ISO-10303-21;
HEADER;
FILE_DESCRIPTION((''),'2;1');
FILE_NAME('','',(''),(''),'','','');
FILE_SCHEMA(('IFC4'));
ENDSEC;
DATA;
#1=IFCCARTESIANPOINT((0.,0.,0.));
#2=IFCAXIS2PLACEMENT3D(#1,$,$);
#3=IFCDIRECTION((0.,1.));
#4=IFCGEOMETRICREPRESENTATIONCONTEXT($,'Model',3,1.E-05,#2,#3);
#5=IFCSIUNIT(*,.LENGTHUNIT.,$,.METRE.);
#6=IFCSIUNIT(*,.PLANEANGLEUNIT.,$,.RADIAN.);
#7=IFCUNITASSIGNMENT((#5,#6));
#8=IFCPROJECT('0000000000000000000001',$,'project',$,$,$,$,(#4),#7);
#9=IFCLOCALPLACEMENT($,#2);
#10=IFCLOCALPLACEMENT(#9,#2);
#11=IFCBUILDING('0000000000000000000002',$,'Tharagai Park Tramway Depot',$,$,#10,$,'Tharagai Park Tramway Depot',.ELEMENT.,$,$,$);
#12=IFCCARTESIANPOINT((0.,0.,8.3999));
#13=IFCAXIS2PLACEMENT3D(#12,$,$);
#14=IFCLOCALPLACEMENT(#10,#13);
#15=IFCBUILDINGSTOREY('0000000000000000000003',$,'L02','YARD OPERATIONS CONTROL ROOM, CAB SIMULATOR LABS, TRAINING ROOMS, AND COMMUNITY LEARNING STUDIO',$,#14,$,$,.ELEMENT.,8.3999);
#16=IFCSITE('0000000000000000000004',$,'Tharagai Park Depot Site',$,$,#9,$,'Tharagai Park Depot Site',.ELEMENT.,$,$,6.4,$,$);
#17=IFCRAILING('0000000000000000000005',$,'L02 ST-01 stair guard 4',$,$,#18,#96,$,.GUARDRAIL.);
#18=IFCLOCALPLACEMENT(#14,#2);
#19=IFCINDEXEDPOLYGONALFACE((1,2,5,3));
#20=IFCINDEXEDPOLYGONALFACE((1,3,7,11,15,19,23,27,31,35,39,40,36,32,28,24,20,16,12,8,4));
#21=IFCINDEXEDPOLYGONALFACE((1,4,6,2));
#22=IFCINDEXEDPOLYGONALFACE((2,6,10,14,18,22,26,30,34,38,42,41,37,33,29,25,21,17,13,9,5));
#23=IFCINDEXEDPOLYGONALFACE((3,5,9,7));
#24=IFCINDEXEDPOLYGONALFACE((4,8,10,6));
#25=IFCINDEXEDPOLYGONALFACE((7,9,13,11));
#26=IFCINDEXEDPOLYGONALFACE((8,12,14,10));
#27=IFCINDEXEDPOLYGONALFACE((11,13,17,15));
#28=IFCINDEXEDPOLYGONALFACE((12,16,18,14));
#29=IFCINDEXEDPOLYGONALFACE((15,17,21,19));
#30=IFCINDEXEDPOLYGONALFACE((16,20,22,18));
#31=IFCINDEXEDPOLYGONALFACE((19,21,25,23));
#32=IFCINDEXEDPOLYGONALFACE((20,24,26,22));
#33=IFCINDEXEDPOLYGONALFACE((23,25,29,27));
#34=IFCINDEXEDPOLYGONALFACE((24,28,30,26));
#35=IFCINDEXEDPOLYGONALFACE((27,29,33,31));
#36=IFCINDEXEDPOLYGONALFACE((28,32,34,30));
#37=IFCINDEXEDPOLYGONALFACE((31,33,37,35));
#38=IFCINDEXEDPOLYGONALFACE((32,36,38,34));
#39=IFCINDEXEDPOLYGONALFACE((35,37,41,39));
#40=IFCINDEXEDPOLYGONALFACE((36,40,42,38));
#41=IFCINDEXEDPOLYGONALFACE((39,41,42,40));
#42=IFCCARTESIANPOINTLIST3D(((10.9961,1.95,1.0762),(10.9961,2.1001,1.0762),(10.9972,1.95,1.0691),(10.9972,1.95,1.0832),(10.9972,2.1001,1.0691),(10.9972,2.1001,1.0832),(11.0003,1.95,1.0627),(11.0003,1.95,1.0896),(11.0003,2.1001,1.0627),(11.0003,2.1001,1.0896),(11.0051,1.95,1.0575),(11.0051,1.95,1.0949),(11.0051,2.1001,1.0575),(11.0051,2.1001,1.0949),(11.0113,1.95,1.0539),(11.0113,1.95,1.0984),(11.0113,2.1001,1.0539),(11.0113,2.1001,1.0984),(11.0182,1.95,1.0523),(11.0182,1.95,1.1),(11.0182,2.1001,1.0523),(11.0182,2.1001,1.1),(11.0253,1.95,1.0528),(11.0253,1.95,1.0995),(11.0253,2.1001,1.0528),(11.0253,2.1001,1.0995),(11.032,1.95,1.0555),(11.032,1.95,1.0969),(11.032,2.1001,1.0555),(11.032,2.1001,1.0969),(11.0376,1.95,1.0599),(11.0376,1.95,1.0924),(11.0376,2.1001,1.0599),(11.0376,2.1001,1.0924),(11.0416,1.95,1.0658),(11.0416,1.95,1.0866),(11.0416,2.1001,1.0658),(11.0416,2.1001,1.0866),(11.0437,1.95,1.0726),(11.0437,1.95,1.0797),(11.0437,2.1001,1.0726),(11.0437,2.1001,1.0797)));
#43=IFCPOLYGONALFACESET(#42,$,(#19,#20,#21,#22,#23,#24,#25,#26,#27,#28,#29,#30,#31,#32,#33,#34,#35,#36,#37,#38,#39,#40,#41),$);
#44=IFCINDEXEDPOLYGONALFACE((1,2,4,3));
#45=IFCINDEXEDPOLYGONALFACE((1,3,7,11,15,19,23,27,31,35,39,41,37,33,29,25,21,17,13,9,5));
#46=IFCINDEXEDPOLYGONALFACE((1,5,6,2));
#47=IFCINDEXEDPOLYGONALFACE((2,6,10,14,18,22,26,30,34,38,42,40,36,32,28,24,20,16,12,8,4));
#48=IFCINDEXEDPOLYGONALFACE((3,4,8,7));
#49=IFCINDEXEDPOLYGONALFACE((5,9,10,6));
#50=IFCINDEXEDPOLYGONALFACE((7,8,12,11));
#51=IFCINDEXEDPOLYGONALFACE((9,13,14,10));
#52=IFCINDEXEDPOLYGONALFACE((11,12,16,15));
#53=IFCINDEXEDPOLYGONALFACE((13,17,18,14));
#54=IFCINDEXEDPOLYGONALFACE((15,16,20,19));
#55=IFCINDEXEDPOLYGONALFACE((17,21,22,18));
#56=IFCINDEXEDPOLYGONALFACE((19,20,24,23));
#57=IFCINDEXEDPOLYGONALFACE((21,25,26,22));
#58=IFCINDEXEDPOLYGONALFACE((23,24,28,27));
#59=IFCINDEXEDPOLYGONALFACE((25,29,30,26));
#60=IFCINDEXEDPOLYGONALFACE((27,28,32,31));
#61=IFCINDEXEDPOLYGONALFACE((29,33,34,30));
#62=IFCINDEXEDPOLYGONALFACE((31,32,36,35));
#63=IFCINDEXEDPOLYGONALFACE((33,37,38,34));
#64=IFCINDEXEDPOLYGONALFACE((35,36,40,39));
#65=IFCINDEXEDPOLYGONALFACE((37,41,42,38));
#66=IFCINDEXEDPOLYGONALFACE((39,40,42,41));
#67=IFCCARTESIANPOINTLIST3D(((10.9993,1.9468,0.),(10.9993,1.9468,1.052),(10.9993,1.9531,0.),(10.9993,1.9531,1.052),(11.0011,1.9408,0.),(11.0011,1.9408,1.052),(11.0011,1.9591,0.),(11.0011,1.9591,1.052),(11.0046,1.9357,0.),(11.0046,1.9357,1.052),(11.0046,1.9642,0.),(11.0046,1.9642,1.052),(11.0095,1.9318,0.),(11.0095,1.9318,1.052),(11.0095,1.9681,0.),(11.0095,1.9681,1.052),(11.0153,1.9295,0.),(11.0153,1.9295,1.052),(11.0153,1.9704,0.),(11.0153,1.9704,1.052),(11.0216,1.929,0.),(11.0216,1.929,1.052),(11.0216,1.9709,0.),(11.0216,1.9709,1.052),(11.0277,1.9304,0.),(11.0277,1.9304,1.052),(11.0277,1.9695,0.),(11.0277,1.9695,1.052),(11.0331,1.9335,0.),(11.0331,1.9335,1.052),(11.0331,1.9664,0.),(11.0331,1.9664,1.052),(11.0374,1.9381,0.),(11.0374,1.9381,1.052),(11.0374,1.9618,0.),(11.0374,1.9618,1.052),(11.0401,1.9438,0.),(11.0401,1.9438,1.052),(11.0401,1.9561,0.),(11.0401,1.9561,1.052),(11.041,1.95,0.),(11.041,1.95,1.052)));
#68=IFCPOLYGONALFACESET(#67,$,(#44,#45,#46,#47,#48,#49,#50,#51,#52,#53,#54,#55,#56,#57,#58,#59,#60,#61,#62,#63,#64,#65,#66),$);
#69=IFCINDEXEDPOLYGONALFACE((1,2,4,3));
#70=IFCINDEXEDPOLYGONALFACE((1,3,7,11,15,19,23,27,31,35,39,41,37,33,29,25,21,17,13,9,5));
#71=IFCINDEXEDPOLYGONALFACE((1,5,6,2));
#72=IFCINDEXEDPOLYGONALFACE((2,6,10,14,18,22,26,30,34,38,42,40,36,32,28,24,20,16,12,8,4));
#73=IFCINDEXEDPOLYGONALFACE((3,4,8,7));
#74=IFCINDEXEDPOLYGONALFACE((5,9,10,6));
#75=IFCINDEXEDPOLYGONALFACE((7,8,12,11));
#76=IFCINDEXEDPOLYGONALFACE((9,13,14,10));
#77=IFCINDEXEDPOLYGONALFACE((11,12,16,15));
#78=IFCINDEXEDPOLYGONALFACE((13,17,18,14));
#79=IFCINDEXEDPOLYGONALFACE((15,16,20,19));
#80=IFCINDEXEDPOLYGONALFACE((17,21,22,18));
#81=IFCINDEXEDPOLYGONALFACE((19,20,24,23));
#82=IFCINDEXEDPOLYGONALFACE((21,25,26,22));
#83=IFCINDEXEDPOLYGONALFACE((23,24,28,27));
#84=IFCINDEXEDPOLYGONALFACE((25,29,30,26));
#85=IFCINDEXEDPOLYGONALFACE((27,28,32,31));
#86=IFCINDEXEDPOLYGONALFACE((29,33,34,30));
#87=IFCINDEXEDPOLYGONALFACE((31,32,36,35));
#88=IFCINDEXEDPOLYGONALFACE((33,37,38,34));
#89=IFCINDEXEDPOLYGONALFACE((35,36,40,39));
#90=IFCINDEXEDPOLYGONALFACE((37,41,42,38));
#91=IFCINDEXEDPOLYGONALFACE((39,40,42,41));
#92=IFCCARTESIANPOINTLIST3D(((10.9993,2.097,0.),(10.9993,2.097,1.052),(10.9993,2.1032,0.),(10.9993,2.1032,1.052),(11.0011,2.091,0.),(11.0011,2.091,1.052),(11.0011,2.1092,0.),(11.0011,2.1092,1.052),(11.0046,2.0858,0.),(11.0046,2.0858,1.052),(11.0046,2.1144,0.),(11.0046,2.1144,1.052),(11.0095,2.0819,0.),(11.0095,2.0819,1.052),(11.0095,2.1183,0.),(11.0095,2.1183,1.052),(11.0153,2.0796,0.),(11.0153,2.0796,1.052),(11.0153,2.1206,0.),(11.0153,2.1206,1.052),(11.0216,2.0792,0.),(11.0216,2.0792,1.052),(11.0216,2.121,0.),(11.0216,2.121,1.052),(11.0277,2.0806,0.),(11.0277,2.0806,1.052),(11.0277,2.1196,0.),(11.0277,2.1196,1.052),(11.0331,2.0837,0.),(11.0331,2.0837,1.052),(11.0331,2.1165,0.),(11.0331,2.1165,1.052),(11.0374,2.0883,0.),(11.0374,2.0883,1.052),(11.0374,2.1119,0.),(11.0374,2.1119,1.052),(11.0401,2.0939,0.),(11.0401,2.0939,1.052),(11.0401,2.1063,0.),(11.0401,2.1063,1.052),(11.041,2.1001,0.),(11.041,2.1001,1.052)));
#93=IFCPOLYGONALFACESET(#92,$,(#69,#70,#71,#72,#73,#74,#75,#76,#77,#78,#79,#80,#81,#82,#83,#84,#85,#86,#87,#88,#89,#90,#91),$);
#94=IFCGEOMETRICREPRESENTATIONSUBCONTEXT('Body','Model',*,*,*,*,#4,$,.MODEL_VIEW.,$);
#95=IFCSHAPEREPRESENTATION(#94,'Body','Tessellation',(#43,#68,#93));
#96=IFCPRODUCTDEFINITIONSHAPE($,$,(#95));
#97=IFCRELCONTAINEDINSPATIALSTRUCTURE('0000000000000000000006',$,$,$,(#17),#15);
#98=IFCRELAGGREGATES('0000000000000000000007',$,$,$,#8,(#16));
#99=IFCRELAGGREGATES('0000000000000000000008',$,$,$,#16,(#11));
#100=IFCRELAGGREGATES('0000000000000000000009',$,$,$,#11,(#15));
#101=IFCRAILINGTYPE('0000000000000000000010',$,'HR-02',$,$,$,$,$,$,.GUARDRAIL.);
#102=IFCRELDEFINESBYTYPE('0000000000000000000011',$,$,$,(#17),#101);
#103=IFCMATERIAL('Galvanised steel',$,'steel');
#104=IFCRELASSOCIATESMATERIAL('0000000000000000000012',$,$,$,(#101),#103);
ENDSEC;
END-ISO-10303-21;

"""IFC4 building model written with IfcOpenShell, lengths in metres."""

from ifc_helpers import new_model, si_unit, direction, frame, origin, origin_2d, place, context, subcontext, project, spatial, circle, extrude, material, type_object, element, save


model = new_model("IFC4")

# Units and contexts
model_context = context("Model", 3, precision=1e-05, world=origin(), true_north=direction((0.0, 1.0)))
body_context = subcontext(model_context, "Body", "Model", "MODEL_VIEW")
ifc_project = project(units=[si_unit("LENGTHUNIT", "METRE"), si_unit("PLANEANGLEUNIT", "RADIAN")], contexts=[model_context])

# Site, building, storey
site_placement = place(None, origin())
site = spatial("IfcSite", under=ifc_project, at=site_placement, Name="Tharagai Park Depot Site", LongName="Tharagai Park Depot Site", CompositionType="ELEMENT", RefElevation=6.4)
building_placement = place(site_placement, origin())
building = spatial("IfcBuilding", under=site, at=building_placement, Name="Tharagai Park Tramway Depot", LongName="Tharagai Park Tramway Depot", CompositionType="ELEMENT")
storey_placement = place(building_placement, frame((0.0, 0.0, 8.3999)))
storey = spatial("IfcBuildingStorey", under=building, at=storey_placement, Name="L02", Description="YARD OPERATIONS CONTROL ROOM, CAB SIMULATOR LABS, TRAINING ROOMS, AND COMMUNITY LEARNING STUDIO", CompositionType="ELEMENT", Elevation=8.3999)

# Shared definitions
ifc_material_1 = material(Name="Galvanised steel", Category="steel")

# Railing
railing_type_1 = type_object("IfcRailingType", Name="HR-02", PredefinedType="GUARDRAIL", material=ifc_material_1)
railing_1_placement = place(storey_placement, frame((11.02, 1.95, 0.0)))
element("IfcRailing", 1, at=railing_1_placement, inside=storey, type_object=railing_type_1, Name="L02 ST-01 stair guard 4", PredefinedType="GUARDRAIL", context=body_context, shape_type="SweptSolid", body=[
    extrude(circle(Radius=0.0239, at=origin_2d()), frame((0.0, 0.0, 1.0762), z_axis=(0.0, 1.0, 0.0), x_axis=(-1.0, 0.0, 0.0)), (0.0, 0.0, 1.0), 0.1501),
    extrude(circle(Radius=0.021, at=origin_2d()), origin(), (0.0, 0.0, 1.0), 1.052),
    extrude(circle(Radius=0.021, at=origin_2d()), frame((0.0, 0.1501, 0.0)), (0.0, 0.0, 1.0), 1.052),
])

save(model, "model.ifc")
